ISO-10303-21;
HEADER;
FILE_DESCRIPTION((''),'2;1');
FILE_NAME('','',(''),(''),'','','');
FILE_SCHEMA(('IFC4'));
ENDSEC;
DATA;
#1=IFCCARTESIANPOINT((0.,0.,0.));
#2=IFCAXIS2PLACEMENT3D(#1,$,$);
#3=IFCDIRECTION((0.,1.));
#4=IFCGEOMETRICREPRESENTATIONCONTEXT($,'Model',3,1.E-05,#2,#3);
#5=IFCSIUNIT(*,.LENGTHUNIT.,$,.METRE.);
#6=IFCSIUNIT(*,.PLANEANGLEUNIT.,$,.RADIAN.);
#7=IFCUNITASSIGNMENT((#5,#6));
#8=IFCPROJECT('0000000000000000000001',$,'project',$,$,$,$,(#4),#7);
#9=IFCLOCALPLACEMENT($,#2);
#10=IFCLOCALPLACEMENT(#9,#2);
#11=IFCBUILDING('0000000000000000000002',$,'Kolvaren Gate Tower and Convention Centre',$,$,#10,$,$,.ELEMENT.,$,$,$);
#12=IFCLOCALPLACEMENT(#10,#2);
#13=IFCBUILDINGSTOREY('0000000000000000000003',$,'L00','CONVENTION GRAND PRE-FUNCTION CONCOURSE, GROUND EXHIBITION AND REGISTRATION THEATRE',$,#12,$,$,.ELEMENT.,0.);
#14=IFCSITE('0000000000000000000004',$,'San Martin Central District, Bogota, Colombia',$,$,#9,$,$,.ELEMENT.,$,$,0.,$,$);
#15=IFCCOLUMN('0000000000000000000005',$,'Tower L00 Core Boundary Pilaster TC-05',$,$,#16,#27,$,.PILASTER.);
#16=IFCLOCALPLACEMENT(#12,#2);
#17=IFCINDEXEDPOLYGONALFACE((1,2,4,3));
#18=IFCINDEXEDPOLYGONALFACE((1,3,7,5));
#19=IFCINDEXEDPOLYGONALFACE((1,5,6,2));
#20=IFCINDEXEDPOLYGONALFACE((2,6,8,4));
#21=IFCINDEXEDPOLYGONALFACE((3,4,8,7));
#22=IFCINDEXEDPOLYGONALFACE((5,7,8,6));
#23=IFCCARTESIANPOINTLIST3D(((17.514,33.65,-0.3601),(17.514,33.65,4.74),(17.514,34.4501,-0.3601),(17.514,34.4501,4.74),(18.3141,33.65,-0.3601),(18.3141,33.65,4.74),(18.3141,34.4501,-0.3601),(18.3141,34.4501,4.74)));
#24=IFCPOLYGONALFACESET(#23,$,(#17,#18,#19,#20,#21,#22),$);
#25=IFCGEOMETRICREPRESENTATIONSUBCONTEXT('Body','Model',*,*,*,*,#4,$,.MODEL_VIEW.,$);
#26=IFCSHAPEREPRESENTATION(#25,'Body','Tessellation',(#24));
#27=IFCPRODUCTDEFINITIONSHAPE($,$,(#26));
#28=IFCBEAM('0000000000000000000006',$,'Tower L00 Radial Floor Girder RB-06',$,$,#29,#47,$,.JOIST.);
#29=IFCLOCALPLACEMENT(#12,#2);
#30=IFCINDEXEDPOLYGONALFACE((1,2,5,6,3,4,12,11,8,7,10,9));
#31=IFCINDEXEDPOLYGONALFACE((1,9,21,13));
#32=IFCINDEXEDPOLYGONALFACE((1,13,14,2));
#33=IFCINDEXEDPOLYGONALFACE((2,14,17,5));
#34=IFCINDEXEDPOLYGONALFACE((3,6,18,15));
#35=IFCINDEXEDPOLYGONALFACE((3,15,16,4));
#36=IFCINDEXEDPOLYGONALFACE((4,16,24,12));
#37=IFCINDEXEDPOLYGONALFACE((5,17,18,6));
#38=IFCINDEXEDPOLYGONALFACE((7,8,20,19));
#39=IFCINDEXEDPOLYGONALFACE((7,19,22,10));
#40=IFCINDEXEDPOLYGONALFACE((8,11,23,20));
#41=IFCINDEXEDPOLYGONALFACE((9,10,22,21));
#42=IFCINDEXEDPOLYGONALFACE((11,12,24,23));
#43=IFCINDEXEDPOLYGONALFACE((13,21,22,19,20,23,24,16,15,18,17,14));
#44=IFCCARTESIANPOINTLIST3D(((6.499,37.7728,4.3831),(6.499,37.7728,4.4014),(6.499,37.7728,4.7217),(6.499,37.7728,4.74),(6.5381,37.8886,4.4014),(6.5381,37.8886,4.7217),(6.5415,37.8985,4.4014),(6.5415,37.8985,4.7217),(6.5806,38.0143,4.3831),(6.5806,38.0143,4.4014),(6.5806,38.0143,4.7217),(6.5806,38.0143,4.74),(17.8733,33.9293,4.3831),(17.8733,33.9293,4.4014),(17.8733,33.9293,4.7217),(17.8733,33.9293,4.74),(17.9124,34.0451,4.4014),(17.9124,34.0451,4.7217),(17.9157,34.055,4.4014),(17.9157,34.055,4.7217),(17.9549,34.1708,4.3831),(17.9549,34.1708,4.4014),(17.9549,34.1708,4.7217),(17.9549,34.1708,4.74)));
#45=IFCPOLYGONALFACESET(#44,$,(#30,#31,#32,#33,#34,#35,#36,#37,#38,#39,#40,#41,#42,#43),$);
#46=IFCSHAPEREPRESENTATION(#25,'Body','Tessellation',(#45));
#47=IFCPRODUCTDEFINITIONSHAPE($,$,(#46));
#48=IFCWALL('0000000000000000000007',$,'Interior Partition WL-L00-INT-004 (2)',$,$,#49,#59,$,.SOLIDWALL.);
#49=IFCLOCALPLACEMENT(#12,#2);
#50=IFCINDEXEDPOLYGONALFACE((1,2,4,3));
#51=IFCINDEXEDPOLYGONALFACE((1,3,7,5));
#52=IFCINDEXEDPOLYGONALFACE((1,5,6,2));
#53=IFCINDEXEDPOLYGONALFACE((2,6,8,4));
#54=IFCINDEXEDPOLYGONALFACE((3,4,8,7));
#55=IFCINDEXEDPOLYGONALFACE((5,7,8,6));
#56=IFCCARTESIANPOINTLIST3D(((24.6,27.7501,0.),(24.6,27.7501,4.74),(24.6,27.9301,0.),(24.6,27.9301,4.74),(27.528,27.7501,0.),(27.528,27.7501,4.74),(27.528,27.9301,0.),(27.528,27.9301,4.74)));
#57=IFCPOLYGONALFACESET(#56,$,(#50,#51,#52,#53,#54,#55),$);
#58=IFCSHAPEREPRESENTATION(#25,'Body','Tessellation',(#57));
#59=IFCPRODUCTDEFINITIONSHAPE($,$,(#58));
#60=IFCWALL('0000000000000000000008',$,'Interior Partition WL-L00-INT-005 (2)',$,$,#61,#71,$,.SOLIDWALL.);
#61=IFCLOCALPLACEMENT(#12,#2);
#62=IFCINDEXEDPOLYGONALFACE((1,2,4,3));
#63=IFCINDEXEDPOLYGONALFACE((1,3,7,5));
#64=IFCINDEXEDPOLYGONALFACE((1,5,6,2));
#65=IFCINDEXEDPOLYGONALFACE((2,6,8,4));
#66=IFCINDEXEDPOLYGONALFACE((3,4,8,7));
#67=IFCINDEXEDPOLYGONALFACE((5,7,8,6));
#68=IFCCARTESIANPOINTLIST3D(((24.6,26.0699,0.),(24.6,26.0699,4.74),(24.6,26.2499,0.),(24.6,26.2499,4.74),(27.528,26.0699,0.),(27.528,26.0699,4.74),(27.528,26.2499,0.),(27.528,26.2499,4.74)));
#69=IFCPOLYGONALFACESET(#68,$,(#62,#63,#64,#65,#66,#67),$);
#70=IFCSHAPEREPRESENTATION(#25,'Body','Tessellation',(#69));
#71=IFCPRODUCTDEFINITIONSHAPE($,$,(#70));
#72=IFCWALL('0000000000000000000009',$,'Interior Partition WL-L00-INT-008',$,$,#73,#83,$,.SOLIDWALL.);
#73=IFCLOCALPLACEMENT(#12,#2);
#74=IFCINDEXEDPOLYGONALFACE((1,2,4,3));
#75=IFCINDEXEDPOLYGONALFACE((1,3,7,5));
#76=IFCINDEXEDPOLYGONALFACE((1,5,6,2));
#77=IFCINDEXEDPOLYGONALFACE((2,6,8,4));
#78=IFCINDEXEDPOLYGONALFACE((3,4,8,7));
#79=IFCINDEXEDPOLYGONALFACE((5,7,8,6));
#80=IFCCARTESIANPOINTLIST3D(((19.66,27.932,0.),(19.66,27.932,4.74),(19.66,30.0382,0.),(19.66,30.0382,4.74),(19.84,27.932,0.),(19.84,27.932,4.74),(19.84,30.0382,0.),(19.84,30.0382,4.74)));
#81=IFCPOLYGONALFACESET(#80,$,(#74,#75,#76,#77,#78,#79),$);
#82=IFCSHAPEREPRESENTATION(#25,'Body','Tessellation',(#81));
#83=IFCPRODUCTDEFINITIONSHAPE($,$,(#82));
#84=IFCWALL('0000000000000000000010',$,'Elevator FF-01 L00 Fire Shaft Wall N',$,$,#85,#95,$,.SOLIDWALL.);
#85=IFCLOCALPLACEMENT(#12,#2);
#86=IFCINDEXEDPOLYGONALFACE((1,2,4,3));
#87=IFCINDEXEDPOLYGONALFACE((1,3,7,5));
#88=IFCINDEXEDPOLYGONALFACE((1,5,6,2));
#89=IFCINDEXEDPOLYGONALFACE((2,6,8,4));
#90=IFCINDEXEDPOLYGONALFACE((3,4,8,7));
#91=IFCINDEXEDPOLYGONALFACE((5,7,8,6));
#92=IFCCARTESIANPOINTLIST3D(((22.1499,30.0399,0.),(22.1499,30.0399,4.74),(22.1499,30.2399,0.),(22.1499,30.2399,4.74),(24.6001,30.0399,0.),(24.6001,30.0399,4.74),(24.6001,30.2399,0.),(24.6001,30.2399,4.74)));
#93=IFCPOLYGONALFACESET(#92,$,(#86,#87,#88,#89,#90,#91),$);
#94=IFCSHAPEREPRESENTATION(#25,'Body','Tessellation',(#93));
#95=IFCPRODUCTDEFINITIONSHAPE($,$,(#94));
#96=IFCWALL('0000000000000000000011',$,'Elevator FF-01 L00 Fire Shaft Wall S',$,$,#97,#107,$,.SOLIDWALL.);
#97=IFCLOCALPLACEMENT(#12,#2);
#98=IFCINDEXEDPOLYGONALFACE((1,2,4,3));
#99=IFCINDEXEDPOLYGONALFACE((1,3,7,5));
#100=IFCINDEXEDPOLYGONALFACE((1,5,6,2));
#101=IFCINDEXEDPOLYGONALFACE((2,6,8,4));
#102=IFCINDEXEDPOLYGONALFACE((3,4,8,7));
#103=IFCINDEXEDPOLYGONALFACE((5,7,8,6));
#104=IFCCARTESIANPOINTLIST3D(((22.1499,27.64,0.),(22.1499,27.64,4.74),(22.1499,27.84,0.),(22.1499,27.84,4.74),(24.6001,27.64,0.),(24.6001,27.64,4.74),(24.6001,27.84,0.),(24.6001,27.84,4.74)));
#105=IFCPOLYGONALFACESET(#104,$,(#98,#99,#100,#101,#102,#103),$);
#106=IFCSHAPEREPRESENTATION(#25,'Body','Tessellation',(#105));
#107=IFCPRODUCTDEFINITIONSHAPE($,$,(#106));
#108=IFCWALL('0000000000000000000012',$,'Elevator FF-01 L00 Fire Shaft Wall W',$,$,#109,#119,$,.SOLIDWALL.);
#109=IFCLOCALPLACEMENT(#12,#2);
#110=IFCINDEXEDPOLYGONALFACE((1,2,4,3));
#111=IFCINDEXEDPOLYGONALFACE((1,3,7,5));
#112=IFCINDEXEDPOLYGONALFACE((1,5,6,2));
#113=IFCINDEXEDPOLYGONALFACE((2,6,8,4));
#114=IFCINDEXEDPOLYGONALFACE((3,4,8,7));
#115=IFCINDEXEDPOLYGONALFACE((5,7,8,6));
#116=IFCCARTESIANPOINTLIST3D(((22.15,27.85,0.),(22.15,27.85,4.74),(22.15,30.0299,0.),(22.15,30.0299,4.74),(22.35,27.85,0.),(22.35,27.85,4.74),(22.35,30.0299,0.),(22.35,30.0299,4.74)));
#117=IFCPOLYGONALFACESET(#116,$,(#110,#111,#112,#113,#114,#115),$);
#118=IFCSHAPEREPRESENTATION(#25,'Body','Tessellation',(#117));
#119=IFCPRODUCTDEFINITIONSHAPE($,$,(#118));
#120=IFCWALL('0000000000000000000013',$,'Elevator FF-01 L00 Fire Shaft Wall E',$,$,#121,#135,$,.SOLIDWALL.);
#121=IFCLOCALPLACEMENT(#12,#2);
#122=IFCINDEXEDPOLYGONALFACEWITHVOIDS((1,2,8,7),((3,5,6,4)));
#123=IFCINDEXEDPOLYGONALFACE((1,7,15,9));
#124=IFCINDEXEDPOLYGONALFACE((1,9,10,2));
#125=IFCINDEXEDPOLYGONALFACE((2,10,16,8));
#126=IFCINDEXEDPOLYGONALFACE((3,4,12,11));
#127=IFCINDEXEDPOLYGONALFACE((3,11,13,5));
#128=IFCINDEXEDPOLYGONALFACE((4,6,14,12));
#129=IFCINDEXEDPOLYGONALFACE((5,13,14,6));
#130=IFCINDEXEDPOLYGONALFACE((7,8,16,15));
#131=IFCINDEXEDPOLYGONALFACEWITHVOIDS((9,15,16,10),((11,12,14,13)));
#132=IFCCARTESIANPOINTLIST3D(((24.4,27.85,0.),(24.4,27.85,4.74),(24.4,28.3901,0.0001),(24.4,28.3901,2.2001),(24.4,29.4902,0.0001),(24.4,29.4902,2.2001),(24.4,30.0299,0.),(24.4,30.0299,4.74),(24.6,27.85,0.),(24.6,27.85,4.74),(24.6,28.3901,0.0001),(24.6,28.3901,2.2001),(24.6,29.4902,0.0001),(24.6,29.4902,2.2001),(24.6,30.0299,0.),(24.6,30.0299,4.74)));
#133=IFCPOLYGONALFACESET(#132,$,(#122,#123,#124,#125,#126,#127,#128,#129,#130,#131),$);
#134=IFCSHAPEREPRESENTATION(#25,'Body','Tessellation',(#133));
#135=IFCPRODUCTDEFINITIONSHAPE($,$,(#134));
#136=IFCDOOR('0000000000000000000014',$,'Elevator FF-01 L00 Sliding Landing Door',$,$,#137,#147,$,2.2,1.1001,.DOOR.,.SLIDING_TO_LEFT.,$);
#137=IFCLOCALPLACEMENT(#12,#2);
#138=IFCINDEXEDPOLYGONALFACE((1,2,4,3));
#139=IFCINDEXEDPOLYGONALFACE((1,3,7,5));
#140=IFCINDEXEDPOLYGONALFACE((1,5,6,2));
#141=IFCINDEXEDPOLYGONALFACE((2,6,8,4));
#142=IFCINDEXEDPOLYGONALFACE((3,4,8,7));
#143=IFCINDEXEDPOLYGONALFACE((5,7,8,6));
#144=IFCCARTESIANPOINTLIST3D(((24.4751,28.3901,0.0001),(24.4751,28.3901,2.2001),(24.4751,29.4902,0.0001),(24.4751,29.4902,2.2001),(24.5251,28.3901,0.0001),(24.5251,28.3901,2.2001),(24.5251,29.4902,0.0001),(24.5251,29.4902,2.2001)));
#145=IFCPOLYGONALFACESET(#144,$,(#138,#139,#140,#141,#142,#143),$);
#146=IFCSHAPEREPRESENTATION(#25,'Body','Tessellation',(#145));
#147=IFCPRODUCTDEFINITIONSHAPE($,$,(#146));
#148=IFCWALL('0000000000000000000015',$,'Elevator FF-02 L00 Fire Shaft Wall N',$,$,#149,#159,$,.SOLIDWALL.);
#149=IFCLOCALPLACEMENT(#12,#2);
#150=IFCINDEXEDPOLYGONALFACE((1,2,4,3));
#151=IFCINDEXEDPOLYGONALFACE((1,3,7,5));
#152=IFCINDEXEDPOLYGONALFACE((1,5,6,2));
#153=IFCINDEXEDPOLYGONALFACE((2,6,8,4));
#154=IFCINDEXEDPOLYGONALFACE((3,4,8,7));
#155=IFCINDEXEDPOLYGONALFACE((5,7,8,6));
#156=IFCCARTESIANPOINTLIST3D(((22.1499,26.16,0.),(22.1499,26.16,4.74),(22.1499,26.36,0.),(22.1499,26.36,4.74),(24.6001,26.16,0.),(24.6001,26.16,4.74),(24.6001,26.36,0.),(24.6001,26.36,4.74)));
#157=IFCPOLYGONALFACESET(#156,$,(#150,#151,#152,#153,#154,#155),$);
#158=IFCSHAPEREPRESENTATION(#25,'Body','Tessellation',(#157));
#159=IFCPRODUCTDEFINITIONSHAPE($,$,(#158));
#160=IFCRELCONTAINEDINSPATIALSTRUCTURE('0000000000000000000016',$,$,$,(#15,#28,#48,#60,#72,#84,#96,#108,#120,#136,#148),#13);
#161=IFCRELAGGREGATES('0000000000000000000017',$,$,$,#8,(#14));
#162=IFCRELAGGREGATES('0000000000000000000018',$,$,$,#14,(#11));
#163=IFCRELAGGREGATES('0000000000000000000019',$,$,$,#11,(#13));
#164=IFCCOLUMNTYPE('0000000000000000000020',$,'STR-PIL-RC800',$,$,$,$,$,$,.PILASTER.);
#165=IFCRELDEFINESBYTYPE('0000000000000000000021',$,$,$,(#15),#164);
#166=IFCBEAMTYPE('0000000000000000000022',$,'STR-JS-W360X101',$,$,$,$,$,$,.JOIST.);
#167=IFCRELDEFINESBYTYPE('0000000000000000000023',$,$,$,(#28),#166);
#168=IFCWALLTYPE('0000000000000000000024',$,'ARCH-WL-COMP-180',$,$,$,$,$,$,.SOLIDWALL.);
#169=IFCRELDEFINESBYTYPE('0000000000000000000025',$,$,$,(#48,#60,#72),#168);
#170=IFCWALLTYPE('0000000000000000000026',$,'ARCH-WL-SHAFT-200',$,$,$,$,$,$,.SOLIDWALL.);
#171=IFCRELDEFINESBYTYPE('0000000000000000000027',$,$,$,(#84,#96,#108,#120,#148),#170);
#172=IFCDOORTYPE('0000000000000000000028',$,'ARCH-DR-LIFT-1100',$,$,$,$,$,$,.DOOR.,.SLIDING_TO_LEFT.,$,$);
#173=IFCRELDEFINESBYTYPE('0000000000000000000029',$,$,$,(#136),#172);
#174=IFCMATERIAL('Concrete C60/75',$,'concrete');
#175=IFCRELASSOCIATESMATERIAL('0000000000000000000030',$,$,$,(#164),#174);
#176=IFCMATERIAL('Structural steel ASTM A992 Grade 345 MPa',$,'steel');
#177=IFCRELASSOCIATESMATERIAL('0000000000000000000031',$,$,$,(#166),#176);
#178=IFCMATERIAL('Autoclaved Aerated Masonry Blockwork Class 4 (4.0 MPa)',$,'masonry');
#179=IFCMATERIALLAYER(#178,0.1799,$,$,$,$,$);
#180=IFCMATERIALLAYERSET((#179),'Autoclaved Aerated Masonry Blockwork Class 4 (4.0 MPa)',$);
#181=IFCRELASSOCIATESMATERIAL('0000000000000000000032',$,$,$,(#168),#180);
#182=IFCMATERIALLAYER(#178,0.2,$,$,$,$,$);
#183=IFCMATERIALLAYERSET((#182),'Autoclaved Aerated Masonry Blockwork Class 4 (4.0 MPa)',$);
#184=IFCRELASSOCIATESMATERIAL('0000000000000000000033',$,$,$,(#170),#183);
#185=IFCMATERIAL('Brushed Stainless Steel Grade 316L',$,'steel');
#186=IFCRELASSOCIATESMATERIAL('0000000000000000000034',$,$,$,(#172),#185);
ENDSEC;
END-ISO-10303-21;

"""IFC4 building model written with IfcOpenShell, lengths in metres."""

from ifc_helpers import new_model, si_unit, direction, frame, frame_2d, origin, origin_2d, place, context, subcontext, project, spatial, rectangle, i_section, extrude, material, layer, layer_set, material_profile, profile_set, type_object, element, fill, save


model = new_model("IFC4")

# Units and contexts
model_context = context("Model", 3, precision=1e-05, world=origin(), true_north=direction((0.0, 1.0)))
body_context = subcontext(model_context, "Body", "Model", "MODEL_VIEW")
ifc_project = project(units=[si_unit("LENGTHUNIT", "METRE"), si_unit("PLANEANGLEUNIT", "RADIAN")], contexts=[model_context])

# Site, building, storey
site_placement = place(None, origin())
site = spatial("IfcSite", under=ifc_project, at=site_placement, Name="San Martin Central District, Bogota, Colombia", CompositionType="ELEMENT", RefElevation=0.0)
building_placement = place(site_placement, origin())
building = spatial("IfcBuilding", under=site, at=building_placement, Name="Kolvaren Gate Tower and Convention Centre", CompositionType="ELEMENT")
storey_placement = place(building_placement, origin())
storey = spatial("IfcBuildingStorey", under=building, at=storey_placement, Name="L00", Description="CONVENTION GRAND PRE-FUNCTION CONCOURSE, GROUND EXHIBITION AND REGISTRATION THEATRE", CompositionType="ELEMENT", Elevation=0.0)

# Column
ifc_material_1 = material(Name="Concrete C60/75", Category="concrete")
ifc_material_profile_1 = material_profile(ifc_material_1, rectangle(XDim=0.8, YDim=0.8, at=origin_2d()), Name="RC-COL-800X800")
ifc_profile_set_1 = profile_set([ifc_material_profile_1], Name="Concrete C60/75")
column_type = type_object("IfcColumnType", Name="STR-PIL-RC800", PredefinedType="PILASTER", material=ifc_profile_set_1)
column_placement = place(storey_placement, frame((17.9141, 34.05, -0.3601), z_axis=(0.0, 0.0, 1.0), x_axis=(1.0, 0.0, 0.0)))
element("IfcColumn", 1, at=column_placement, inside=storey, type_object=column_type, Name="Tower L00 Core Boundary Pilaster TC-05", PredefinedType="PILASTER", context=body_context, shape_type="SweptSolid", body=[
    extrude(rectangle(XDim=0.8, YDim=0.8, at=origin_2d()), origin(), (0.0, 0.0, 1.0), 5.1001),
])

# Beam
ifc_material_2 = material(Name="Structural steel ASTM A992 Grade 345 MPa", Category="steel")
ifc_material_profile_2 = material_profile(ifc_material_2, i_section(OverallWidth=0.2549, OverallDepth=0.3569, WebThickness=0.0105, FlangeThickness=0.0183, at=origin_2d()), Name="W360X101")
ifc_profile_set_2 = profile_set([ifc_material_profile_2], Name="Structural steel ASTM A992 Grade 345 MPa")
beam_type = type_object("IfcBeamType", Name="STR-JS-W360X101", PredefinedType="JOIST", material=ifc_profile_set_2)
beam_placement = place(storey_placement, frame((17.9141, 34.05, 4.5615), z_axis=(-0.947374, 0.320129, 0.0), x_axis=(-0.320129, -0.947374, 0.0)))
element("IfcBeam", 2, at=beam_placement, inside=storey, type_object=beam_type, Name="Tower L00 Radial Floor Girder RB-06", PredefinedType="JOIST", context=body_context, shape_type="SweptSolid", body=[
    extrude(i_section(OverallWidth=0.2549, OverallDepth=0.3569, WebThickness=0.0105, FlangeThickness=0.0183, at=origin_2d()), origin(), (0.0, 0.0, 1.0), 12.0061),
])

# Walls
ifc_material_3 = material(Name="Autoclaved Aerated Masonry Blockwork Class 4 (4.0 MPa)", Category="masonry")
ifc_layer_1 = layer(ifc_material_3, 0.1799)
ifc_layer_set_1 = layer_set([ifc_layer_1], Name="Autoclaved Aerated Masonry Blockwork Class 4 (4.0 MPa)")
wall_type_1 = type_object("IfcWallType", Name="ARCH-WL-COMP-180", PredefinedType="SOLIDWALL", material=ifc_layer_set_1)
for number, where, z_axis, x_axis, name in (
    (3, (24.6001, 27.8401, 0.0), (0.0, 0.0, 1.0), (1.0, 0.0, 0.0), "Interior Partition WL-L00-INT-004 (2)"),
    (4, (24.6001, 26.1599, 0.0), (0.0, 0.0, 1.0), (1.0, 0.0, 0.0), "Interior Partition WL-L00-INT-005 (2)"),
):
    element("IfcWall", number, at=place(storey_placement, frame(where, z_axis=z_axis, x_axis=x_axis)), inside=storey, type_object=wall_type_1, Name=name, PredefinedType="SOLIDWALL", context=body_context, shape_type="SweptSolid", body=[
        extrude(rectangle(XDim=2.928, YDim=0.1799, at=frame_2d((1.4639, 0.0))), origin(), (0.0, 0.0, 1.0), 4.74),
    ])
wall_1_placement = place(storey_placement, frame((19.75, 27.9319, 0.0), z_axis=(0.0, 0.0, 1.0), x_axis=(0.0, 1.0, 0.0)))
element("IfcWall", 5, at=wall_1_placement, inside=storey, type_object=wall_type_1, Name="Interior Partition WL-L00-INT-008", PredefinedType="SOLIDWALL", context=body_context, shape_type="SweptSolid", body=[
    extrude(rectangle(XDim=2.1062, YDim=0.1799, at=frame_2d((1.0532, 0.0))), origin(), (0.0, 0.0, 1.0), 4.74),
])
ifc_layer_2 = layer(ifc_material_3, 0.2)
ifc_layer_set_2 = layer_set([ifc_layer_2], Name="Autoclaved Aerated Masonry Blockwork Class 4 (4.0 MPa)")
wall_type_2 = type_object("IfcWallType", Name="ARCH-WL-SHAFT-200", PredefinedType="SOLIDWALL", material=ifc_layer_set_2)
for number, where, z_axis, x_axis, name in (
    (6, (22.1499, 30.1399, 0.0), (0.0, 0.0, 1.0), (1.0, 0.0, 0.0), "Elevator FF-01 L00 Fire Shaft Wall N"),
    (7, (22.1499, 27.74, 0.0), (0.0, 0.0, 1.0), (1.0, 0.0, 0.0), "Elevator FF-01 L00 Fire Shaft Wall S"),
):
    element("IfcWall", number, at=place(storey_placement, frame(where, z_axis=z_axis, x_axis=x_axis)), inside=storey, type_object=wall_type_2, Name=name, PredefinedType="SOLIDWALL", context=body_context, shape_type="SweptSolid", body=[
        extrude(rectangle(XDim=2.4502, YDim=0.2, at=frame_2d((1.2251, 0.0))), origin(), (0.0, 0.0, 1.0), 4.74),
    ])
wall_2_placement = place(storey_placement, frame((22.25, 27.8501, 0.0), z_axis=(0.0, 0.0, 1.0), x_axis=(0.0, 1.0, 0.0)))
element("IfcWall", 8, at=wall_2_placement, inside=storey, type_object=wall_type_2, Name="Elevator FF-01 L00 Fire Shaft Wall W", PredefinedType="SOLIDWALL", context=body_context, shape_type="SweptSolid", body=[
    extrude(rectangle(XDim=2.1799, YDim=0.2, at=frame_2d((1.0898, 0.0))), origin(), (0.0, 0.0, 1.0), 4.74),
])

# Wall, opening, door
wall_3_placement = place(storey_placement, frame((24.5, 27.8501, 0.0), z_axis=(0.0, 0.0, 1.0), x_axis=(0.0, 1.0, 0.0)))
wall_3 = element("IfcWall", 9, at=wall_3_placement, inside=storey, type_object=wall_type_2, Name="Elevator FF-01 L00 Fire Shaft Wall E", PredefinedType="SOLIDWALL", context=body_context, shape_type="SweptSolid", body=[
    extrude(rectangle(XDim=2.1799, YDim=0.2, at=frame_2d((1.0898, 0.0))), origin(), (0.0, 0.0, 1.0), 4.74),
])
opening_1_placement = place(wall_3_placement, frame((0.54, 0.0, 0.0)))
opening_1 = element("IfcOpeningElement", 10, at=opening_1_placement, cuts=wall_3, PredefinedType="OPENING", context=body_context, shape_type="SweptSolid", body=[
    extrude(rectangle(XDim=1.1001, YDim=2.2, at=frame_2d((0.55, 1.1001))), frame((0.0, 0.1099, 0.0), z_axis=(0.0, -1.0, 0.0), x_axis=(1.0, 0.0, 0.0)), (0.0, 0.0, 1.0), 0.22),
])
ifc_material_4 = material(Name="Brushed Stainless Steel Grade 316L", Category="steel")
door_type = type_object("IfcDoorType", Name="ARCH-DR-LIFT-1100", OperationType="SLIDING_TO_LEFT", PredefinedType="DOOR", material=ifc_material_4)
door_1_placement = place(opening_1_placement, origin())
door_1 = element("IfcDoor", 11, at=door_1_placement, inside=storey, type_object=door_type, Name="Elevator FF-01 L00 Sliding Landing Door", OperationType="SLIDING_TO_LEFT", OverallHeight=2.2, OverallWidth=1.1001, PredefinedType="DOOR", context=body_context, shape_type="SweptSolid", body=[
    extrude(rectangle(XDim=1.1001, YDim=2.2, at=frame_2d((0.55, 1.1001))), frame((0.0, 0.0249, 0.0), z_axis=(0.0, -1.0, 0.0), x_axis=(1.0, 0.0, 0.0)), (0.0, 0.0, 1.0), 0.05),
])
fill(opening_1, door_1)

# Wall
wall_4_placement = place(storey_placement, frame((22.1499, 26.26, 0.0), z_axis=(0.0, 0.0, 1.0), x_axis=(1.0, 0.0, 0.0)))
element("IfcWall", 12, at=wall_4_placement, inside=storey, type_object=wall_type_2, Name="Elevator FF-02 L00 Fire Shaft Wall N", PredefinedType="SOLIDWALL", context=body_context, shape_type="SweptSolid", body=[
    extrude(rectangle(XDim=2.4502, YDim=0.2, at=frame_2d((1.2251, 0.0))), origin(), (0.0, 0.0, 1.0), 4.74),
])

save(model, "model.ifc")
